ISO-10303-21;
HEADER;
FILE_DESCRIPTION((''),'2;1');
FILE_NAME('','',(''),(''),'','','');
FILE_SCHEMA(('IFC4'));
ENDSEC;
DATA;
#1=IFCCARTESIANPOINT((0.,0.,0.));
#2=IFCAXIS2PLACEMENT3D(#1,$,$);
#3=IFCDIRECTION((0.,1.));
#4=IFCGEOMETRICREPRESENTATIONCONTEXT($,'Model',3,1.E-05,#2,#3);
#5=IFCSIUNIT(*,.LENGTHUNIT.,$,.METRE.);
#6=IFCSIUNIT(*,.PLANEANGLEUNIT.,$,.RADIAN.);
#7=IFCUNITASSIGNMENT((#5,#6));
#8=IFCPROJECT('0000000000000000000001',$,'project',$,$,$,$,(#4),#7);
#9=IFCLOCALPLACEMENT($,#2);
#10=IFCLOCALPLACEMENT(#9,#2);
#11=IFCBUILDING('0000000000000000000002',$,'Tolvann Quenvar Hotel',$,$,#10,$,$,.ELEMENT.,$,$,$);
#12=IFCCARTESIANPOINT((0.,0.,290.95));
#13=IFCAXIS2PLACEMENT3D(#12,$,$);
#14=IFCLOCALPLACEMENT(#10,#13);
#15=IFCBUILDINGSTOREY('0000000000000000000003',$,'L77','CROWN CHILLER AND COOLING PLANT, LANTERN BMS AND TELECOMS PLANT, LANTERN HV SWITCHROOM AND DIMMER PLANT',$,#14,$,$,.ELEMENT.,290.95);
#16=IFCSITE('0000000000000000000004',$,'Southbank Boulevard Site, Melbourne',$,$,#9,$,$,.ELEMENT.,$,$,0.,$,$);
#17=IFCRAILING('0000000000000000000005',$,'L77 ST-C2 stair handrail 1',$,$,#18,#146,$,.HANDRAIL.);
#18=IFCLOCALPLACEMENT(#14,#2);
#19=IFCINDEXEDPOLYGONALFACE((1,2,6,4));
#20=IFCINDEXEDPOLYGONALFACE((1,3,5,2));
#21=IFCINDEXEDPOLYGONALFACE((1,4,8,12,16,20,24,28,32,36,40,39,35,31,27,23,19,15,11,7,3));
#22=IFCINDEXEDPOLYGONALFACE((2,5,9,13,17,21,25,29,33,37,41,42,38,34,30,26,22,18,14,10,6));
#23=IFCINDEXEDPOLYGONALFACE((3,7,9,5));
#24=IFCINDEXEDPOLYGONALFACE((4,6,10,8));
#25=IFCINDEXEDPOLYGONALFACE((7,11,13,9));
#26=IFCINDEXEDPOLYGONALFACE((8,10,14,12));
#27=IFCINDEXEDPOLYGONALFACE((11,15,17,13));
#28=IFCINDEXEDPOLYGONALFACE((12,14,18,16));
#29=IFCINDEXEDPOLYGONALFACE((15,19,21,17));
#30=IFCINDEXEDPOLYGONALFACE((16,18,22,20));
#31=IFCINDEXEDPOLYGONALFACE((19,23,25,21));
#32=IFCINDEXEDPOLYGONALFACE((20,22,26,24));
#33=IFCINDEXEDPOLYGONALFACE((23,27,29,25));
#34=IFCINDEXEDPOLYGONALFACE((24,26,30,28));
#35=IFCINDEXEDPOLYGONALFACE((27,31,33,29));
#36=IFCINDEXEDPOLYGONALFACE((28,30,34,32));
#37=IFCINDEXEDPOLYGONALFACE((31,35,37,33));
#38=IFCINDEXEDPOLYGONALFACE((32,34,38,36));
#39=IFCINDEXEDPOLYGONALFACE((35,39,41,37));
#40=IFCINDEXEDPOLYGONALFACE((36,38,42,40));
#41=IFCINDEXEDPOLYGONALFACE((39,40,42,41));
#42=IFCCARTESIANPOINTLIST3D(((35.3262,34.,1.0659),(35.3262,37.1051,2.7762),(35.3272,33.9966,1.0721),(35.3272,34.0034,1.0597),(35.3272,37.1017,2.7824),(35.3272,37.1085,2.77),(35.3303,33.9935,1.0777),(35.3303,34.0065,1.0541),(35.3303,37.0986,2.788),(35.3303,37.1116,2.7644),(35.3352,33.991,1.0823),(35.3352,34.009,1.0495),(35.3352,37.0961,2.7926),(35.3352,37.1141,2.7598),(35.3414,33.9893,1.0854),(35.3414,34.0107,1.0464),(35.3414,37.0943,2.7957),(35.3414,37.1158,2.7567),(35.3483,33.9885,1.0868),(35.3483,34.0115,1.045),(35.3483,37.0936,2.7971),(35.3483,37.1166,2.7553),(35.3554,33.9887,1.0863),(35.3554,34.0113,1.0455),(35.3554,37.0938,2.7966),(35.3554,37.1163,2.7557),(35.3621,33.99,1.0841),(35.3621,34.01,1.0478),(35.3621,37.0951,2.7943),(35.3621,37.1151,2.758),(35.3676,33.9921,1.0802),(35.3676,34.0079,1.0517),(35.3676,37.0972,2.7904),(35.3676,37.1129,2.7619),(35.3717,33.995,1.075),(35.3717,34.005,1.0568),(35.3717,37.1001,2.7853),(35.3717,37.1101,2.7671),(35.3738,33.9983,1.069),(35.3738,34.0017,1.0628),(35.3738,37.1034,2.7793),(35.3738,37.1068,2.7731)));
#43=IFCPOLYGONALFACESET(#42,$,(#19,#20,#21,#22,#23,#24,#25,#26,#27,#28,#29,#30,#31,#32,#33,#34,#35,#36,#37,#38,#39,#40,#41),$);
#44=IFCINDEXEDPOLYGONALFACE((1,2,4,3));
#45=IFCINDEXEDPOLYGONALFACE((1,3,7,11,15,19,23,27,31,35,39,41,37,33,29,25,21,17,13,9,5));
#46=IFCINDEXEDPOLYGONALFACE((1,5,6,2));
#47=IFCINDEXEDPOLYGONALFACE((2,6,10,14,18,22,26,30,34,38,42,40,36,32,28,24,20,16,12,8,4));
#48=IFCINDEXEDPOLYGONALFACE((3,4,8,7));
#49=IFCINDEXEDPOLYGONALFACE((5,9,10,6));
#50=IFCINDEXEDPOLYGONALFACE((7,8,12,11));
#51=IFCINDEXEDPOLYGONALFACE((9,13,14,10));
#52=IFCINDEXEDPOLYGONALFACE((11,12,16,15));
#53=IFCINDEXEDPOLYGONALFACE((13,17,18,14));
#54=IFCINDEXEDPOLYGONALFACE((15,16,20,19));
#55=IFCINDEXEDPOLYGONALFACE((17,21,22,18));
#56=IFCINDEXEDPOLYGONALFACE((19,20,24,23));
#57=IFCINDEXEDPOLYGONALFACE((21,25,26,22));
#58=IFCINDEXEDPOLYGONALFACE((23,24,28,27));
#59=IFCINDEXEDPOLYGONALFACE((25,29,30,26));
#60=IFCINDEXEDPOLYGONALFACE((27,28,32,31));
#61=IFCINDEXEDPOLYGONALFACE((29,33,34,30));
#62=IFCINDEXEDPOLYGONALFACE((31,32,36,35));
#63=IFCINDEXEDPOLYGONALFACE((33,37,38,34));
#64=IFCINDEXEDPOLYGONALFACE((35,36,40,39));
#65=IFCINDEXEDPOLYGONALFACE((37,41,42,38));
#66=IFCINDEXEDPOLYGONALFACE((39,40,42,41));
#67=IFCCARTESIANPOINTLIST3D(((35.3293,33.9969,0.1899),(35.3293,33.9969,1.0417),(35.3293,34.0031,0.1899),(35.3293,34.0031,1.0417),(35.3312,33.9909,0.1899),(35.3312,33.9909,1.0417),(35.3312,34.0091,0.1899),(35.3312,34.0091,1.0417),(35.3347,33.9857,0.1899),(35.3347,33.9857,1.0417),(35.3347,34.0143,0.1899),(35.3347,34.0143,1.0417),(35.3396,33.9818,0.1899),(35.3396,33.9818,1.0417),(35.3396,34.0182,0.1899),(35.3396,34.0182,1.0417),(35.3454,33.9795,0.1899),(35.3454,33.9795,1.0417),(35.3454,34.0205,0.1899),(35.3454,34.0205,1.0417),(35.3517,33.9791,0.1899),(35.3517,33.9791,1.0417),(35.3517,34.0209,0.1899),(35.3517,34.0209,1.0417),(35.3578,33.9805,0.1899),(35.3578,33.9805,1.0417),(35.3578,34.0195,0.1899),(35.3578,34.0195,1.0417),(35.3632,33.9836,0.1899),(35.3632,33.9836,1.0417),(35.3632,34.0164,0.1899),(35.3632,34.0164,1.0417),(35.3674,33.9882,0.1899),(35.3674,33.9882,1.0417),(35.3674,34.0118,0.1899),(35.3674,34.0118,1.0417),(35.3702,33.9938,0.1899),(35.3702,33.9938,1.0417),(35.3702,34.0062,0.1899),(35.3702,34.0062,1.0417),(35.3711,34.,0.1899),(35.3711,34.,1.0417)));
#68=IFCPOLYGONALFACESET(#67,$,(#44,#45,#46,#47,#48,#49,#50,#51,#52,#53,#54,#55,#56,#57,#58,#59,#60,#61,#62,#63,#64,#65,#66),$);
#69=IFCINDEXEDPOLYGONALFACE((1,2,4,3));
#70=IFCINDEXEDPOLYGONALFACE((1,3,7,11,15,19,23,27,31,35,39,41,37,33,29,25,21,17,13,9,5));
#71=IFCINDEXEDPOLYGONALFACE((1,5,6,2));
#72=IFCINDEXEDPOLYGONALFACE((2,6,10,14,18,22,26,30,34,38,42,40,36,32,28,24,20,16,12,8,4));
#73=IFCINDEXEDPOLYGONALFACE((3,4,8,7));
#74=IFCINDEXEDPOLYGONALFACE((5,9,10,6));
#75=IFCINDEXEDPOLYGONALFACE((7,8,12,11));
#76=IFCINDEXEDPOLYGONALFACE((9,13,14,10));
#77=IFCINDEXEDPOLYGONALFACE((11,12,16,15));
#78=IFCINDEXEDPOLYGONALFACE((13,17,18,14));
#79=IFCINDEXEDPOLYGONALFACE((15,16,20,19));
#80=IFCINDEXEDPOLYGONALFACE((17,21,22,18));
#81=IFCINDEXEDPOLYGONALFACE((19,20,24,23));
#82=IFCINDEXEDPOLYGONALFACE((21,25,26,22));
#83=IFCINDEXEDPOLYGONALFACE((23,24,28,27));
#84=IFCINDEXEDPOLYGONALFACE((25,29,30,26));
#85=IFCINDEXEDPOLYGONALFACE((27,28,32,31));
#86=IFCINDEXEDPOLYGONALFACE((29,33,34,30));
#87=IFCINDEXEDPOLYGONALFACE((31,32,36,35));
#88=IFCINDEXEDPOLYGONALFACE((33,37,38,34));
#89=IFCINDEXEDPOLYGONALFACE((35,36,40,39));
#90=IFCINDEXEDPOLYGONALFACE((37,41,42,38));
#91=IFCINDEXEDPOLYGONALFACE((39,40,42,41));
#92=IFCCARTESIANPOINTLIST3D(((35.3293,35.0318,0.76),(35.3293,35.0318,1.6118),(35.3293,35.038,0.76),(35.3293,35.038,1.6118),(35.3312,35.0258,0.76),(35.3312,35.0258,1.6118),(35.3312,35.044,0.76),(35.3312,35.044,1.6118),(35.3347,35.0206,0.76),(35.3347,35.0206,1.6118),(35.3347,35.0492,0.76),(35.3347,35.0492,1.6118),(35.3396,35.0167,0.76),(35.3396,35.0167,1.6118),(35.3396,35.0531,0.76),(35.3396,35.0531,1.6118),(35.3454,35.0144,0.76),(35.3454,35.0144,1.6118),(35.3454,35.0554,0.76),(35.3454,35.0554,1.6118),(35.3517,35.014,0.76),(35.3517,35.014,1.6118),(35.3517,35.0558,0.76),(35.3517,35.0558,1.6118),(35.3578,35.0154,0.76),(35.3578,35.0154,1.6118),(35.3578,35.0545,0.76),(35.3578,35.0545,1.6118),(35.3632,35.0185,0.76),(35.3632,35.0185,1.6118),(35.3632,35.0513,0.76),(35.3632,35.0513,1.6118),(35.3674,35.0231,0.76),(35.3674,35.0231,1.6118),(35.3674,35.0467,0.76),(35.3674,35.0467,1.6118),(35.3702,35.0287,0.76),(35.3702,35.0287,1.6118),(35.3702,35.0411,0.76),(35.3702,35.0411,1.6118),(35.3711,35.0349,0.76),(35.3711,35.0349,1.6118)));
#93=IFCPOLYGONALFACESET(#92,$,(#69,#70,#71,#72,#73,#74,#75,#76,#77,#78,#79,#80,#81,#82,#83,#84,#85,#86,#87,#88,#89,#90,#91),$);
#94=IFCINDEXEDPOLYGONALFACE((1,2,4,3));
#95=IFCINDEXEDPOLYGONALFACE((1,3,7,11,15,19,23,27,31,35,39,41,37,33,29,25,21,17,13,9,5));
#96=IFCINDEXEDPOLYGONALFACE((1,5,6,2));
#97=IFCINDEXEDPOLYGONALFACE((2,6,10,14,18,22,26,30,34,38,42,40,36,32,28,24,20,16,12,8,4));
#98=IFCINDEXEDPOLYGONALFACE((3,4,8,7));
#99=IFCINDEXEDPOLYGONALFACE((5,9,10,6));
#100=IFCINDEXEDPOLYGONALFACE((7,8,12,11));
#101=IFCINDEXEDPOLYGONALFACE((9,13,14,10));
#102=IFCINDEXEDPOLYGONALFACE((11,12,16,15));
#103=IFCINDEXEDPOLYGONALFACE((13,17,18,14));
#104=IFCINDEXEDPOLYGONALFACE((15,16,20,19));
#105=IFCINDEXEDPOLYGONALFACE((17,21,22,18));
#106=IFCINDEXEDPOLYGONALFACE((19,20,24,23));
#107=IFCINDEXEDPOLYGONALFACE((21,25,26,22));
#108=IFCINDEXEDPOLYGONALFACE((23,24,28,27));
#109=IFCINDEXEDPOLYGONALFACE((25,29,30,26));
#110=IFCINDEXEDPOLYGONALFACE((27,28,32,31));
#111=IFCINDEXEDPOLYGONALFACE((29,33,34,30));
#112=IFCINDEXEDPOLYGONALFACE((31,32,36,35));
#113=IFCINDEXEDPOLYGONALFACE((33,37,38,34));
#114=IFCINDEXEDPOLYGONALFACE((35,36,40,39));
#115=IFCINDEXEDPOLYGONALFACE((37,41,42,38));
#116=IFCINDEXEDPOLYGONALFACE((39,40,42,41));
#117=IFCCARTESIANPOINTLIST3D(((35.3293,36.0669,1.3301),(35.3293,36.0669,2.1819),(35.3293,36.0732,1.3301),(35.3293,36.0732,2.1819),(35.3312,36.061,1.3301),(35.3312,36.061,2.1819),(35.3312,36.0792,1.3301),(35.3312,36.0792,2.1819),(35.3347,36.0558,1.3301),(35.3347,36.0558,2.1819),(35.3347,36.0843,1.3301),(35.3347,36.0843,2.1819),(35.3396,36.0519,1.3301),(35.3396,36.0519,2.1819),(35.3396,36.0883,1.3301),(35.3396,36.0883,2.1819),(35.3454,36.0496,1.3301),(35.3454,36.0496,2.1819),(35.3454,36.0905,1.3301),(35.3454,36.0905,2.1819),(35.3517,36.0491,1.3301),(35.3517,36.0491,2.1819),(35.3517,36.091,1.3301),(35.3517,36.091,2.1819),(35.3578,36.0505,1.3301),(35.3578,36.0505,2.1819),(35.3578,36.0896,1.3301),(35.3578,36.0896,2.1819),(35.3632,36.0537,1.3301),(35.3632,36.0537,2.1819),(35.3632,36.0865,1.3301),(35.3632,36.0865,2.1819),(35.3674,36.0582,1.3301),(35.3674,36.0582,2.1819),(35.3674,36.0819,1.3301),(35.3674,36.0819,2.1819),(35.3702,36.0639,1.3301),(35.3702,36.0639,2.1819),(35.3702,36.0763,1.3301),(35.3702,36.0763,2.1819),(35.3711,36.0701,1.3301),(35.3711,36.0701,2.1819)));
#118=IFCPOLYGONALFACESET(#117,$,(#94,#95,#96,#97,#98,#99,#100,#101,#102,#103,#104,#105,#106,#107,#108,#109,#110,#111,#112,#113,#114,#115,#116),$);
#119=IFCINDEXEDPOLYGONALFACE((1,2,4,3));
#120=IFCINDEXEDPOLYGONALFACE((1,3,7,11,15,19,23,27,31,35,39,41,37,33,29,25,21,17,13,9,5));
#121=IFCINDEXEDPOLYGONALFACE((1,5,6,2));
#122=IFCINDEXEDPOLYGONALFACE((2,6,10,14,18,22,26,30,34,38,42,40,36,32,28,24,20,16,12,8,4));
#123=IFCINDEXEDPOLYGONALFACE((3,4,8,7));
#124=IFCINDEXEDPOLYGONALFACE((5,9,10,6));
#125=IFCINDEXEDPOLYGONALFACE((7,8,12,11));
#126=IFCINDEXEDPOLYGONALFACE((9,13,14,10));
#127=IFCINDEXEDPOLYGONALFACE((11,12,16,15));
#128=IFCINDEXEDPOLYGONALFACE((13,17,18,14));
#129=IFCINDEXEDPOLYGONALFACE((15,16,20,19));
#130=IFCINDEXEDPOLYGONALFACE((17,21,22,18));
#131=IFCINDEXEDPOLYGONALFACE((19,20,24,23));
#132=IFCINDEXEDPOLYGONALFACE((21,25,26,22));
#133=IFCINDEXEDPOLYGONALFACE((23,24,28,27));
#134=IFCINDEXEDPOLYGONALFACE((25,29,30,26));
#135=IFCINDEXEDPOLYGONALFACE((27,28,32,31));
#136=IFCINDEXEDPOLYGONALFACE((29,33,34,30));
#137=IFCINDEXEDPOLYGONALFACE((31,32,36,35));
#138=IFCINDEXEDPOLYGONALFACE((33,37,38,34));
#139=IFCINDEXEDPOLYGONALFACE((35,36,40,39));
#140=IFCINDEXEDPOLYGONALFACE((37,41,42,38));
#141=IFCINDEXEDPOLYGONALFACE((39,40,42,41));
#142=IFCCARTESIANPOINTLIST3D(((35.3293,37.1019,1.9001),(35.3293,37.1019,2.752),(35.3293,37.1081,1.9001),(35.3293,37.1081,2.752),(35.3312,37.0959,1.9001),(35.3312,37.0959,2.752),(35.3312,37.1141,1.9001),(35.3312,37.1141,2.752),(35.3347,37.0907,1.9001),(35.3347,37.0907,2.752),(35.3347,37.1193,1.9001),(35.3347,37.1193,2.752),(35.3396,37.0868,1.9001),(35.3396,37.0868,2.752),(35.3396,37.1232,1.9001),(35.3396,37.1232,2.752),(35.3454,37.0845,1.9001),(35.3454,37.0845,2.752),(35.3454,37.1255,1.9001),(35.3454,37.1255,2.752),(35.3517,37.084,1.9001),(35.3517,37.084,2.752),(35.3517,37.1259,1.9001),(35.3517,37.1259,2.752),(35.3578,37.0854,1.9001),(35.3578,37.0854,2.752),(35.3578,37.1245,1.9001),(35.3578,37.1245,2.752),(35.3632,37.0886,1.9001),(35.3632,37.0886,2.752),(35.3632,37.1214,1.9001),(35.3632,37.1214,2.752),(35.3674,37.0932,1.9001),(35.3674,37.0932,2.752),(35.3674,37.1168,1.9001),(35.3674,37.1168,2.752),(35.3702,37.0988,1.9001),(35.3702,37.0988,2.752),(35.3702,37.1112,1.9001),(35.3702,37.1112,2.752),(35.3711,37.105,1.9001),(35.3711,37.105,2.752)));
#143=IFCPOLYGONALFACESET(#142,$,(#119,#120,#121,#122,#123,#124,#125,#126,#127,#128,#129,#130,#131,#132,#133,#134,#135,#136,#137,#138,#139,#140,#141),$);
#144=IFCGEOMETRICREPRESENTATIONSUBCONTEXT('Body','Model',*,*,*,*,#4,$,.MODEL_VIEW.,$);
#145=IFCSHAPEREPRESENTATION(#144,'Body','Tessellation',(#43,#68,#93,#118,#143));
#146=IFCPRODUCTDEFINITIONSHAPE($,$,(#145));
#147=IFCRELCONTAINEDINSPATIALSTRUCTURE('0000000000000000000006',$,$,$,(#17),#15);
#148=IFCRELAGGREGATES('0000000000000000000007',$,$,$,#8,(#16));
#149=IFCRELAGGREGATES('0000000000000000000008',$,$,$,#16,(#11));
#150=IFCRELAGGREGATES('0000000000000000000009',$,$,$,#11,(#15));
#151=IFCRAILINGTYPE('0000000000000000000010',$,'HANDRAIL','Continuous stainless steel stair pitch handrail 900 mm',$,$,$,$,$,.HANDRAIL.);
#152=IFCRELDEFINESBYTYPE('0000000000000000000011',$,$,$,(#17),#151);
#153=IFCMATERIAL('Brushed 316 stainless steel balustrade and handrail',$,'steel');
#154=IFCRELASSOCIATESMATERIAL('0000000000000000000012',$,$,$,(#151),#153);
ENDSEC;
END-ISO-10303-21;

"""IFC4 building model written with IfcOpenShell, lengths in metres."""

from ifc_helpers import new_model, si_unit, direction, frame, origin, origin_2d, place, context, subcontext, project, spatial, circle, extrude, material, type_object, element, save


model = new_model("IFC4")

# Units and contexts
model_context = context("Model", 3, precision=1e-05, world=origin(), true_north=direction((0.0, 1.0)))
body_context = subcontext(model_context, "Body", "Model", "MODEL_VIEW")
ifc_project = project(units=[si_unit("LENGTHUNIT", "METRE"), si_unit("PLANEANGLEUNIT", "RADIAN")], contexts=[model_context])

# Site, building, storey
site_placement = place(None, origin())
site = spatial("IfcSite", under=ifc_project, at=site_placement, Name="Southbank Boulevard Site, Melbourne", CompositionType="ELEMENT", RefElevation=0.0)
building_placement = place(site_placement, origin())
building = spatial("IfcBuilding", under=site, at=building_placement, Name="Tolvann Quenvar Hotel", CompositionType="ELEMENT")
storey_placement = place(building_placement, frame((0.0, 0.0, 290.95)))
storey = spatial("IfcBuildingStorey", under=building, at=storey_placement, Name="L77", Description="CROWN CHILLER AND COOLING PLANT, LANTERN BMS AND TELECOMS PLANT, LANTERN HV SWITCHROOM AND DIMMER PLANT", CompositionType="ELEMENT", Elevation=290.95)

# Railing
ifc_material_1 = material(Name="Brushed 316 stainless steel balustrade and handrail", Category="steel")
railing_type = type_object("IfcRailingType", Name="HANDRAIL", Description="Continuous stainless steel stair pitch handrail 900 mm", PredefinedType="HANDRAIL", material=ifc_material_1)
railing_placement = place(storey_placement, frame((35.3501, 34.0, 0.1899)))
element("IfcRailing", 1, at=railing_placement, inside=storey, type_object=railing_type, Name="L77 ST-C2 stair handrail 1", PredefinedType="HANDRAIL", context=body_context, shape_type="SweptSolid", body=[
    extrude(circle(Radius=0.0239, at=origin_2d()), frame((0.0, 0.0, 0.876), z_axis=(0.0, 0.875922, 0.482453), x_axis=(-1.0, 0.0, 0.0)), (0.0, 0.0, 1.0), 3.5449),
    extrude(circle(Radius=0.021, at=origin_2d()), origin(), (0.0, 0.0, 1.0), 0.8518),
    extrude(circle(Radius=0.021, at=origin_2d()), frame((0.0, 1.0349, 0.5701)), (0.0, 0.0, 1.0), 0.8518),
    extrude(circle(Radius=0.021, at=origin_2d()), frame((0.0, 2.0701, 1.1401)), (0.0, 0.0, 1.0), 0.8518),
    extrude(circle(Radius=0.021, at=origin_2d()), frame((0.0, 3.105, 1.7102)), (0.0, 0.0, 1.0), 0.8518),
])

save(model, "model.ifc")
